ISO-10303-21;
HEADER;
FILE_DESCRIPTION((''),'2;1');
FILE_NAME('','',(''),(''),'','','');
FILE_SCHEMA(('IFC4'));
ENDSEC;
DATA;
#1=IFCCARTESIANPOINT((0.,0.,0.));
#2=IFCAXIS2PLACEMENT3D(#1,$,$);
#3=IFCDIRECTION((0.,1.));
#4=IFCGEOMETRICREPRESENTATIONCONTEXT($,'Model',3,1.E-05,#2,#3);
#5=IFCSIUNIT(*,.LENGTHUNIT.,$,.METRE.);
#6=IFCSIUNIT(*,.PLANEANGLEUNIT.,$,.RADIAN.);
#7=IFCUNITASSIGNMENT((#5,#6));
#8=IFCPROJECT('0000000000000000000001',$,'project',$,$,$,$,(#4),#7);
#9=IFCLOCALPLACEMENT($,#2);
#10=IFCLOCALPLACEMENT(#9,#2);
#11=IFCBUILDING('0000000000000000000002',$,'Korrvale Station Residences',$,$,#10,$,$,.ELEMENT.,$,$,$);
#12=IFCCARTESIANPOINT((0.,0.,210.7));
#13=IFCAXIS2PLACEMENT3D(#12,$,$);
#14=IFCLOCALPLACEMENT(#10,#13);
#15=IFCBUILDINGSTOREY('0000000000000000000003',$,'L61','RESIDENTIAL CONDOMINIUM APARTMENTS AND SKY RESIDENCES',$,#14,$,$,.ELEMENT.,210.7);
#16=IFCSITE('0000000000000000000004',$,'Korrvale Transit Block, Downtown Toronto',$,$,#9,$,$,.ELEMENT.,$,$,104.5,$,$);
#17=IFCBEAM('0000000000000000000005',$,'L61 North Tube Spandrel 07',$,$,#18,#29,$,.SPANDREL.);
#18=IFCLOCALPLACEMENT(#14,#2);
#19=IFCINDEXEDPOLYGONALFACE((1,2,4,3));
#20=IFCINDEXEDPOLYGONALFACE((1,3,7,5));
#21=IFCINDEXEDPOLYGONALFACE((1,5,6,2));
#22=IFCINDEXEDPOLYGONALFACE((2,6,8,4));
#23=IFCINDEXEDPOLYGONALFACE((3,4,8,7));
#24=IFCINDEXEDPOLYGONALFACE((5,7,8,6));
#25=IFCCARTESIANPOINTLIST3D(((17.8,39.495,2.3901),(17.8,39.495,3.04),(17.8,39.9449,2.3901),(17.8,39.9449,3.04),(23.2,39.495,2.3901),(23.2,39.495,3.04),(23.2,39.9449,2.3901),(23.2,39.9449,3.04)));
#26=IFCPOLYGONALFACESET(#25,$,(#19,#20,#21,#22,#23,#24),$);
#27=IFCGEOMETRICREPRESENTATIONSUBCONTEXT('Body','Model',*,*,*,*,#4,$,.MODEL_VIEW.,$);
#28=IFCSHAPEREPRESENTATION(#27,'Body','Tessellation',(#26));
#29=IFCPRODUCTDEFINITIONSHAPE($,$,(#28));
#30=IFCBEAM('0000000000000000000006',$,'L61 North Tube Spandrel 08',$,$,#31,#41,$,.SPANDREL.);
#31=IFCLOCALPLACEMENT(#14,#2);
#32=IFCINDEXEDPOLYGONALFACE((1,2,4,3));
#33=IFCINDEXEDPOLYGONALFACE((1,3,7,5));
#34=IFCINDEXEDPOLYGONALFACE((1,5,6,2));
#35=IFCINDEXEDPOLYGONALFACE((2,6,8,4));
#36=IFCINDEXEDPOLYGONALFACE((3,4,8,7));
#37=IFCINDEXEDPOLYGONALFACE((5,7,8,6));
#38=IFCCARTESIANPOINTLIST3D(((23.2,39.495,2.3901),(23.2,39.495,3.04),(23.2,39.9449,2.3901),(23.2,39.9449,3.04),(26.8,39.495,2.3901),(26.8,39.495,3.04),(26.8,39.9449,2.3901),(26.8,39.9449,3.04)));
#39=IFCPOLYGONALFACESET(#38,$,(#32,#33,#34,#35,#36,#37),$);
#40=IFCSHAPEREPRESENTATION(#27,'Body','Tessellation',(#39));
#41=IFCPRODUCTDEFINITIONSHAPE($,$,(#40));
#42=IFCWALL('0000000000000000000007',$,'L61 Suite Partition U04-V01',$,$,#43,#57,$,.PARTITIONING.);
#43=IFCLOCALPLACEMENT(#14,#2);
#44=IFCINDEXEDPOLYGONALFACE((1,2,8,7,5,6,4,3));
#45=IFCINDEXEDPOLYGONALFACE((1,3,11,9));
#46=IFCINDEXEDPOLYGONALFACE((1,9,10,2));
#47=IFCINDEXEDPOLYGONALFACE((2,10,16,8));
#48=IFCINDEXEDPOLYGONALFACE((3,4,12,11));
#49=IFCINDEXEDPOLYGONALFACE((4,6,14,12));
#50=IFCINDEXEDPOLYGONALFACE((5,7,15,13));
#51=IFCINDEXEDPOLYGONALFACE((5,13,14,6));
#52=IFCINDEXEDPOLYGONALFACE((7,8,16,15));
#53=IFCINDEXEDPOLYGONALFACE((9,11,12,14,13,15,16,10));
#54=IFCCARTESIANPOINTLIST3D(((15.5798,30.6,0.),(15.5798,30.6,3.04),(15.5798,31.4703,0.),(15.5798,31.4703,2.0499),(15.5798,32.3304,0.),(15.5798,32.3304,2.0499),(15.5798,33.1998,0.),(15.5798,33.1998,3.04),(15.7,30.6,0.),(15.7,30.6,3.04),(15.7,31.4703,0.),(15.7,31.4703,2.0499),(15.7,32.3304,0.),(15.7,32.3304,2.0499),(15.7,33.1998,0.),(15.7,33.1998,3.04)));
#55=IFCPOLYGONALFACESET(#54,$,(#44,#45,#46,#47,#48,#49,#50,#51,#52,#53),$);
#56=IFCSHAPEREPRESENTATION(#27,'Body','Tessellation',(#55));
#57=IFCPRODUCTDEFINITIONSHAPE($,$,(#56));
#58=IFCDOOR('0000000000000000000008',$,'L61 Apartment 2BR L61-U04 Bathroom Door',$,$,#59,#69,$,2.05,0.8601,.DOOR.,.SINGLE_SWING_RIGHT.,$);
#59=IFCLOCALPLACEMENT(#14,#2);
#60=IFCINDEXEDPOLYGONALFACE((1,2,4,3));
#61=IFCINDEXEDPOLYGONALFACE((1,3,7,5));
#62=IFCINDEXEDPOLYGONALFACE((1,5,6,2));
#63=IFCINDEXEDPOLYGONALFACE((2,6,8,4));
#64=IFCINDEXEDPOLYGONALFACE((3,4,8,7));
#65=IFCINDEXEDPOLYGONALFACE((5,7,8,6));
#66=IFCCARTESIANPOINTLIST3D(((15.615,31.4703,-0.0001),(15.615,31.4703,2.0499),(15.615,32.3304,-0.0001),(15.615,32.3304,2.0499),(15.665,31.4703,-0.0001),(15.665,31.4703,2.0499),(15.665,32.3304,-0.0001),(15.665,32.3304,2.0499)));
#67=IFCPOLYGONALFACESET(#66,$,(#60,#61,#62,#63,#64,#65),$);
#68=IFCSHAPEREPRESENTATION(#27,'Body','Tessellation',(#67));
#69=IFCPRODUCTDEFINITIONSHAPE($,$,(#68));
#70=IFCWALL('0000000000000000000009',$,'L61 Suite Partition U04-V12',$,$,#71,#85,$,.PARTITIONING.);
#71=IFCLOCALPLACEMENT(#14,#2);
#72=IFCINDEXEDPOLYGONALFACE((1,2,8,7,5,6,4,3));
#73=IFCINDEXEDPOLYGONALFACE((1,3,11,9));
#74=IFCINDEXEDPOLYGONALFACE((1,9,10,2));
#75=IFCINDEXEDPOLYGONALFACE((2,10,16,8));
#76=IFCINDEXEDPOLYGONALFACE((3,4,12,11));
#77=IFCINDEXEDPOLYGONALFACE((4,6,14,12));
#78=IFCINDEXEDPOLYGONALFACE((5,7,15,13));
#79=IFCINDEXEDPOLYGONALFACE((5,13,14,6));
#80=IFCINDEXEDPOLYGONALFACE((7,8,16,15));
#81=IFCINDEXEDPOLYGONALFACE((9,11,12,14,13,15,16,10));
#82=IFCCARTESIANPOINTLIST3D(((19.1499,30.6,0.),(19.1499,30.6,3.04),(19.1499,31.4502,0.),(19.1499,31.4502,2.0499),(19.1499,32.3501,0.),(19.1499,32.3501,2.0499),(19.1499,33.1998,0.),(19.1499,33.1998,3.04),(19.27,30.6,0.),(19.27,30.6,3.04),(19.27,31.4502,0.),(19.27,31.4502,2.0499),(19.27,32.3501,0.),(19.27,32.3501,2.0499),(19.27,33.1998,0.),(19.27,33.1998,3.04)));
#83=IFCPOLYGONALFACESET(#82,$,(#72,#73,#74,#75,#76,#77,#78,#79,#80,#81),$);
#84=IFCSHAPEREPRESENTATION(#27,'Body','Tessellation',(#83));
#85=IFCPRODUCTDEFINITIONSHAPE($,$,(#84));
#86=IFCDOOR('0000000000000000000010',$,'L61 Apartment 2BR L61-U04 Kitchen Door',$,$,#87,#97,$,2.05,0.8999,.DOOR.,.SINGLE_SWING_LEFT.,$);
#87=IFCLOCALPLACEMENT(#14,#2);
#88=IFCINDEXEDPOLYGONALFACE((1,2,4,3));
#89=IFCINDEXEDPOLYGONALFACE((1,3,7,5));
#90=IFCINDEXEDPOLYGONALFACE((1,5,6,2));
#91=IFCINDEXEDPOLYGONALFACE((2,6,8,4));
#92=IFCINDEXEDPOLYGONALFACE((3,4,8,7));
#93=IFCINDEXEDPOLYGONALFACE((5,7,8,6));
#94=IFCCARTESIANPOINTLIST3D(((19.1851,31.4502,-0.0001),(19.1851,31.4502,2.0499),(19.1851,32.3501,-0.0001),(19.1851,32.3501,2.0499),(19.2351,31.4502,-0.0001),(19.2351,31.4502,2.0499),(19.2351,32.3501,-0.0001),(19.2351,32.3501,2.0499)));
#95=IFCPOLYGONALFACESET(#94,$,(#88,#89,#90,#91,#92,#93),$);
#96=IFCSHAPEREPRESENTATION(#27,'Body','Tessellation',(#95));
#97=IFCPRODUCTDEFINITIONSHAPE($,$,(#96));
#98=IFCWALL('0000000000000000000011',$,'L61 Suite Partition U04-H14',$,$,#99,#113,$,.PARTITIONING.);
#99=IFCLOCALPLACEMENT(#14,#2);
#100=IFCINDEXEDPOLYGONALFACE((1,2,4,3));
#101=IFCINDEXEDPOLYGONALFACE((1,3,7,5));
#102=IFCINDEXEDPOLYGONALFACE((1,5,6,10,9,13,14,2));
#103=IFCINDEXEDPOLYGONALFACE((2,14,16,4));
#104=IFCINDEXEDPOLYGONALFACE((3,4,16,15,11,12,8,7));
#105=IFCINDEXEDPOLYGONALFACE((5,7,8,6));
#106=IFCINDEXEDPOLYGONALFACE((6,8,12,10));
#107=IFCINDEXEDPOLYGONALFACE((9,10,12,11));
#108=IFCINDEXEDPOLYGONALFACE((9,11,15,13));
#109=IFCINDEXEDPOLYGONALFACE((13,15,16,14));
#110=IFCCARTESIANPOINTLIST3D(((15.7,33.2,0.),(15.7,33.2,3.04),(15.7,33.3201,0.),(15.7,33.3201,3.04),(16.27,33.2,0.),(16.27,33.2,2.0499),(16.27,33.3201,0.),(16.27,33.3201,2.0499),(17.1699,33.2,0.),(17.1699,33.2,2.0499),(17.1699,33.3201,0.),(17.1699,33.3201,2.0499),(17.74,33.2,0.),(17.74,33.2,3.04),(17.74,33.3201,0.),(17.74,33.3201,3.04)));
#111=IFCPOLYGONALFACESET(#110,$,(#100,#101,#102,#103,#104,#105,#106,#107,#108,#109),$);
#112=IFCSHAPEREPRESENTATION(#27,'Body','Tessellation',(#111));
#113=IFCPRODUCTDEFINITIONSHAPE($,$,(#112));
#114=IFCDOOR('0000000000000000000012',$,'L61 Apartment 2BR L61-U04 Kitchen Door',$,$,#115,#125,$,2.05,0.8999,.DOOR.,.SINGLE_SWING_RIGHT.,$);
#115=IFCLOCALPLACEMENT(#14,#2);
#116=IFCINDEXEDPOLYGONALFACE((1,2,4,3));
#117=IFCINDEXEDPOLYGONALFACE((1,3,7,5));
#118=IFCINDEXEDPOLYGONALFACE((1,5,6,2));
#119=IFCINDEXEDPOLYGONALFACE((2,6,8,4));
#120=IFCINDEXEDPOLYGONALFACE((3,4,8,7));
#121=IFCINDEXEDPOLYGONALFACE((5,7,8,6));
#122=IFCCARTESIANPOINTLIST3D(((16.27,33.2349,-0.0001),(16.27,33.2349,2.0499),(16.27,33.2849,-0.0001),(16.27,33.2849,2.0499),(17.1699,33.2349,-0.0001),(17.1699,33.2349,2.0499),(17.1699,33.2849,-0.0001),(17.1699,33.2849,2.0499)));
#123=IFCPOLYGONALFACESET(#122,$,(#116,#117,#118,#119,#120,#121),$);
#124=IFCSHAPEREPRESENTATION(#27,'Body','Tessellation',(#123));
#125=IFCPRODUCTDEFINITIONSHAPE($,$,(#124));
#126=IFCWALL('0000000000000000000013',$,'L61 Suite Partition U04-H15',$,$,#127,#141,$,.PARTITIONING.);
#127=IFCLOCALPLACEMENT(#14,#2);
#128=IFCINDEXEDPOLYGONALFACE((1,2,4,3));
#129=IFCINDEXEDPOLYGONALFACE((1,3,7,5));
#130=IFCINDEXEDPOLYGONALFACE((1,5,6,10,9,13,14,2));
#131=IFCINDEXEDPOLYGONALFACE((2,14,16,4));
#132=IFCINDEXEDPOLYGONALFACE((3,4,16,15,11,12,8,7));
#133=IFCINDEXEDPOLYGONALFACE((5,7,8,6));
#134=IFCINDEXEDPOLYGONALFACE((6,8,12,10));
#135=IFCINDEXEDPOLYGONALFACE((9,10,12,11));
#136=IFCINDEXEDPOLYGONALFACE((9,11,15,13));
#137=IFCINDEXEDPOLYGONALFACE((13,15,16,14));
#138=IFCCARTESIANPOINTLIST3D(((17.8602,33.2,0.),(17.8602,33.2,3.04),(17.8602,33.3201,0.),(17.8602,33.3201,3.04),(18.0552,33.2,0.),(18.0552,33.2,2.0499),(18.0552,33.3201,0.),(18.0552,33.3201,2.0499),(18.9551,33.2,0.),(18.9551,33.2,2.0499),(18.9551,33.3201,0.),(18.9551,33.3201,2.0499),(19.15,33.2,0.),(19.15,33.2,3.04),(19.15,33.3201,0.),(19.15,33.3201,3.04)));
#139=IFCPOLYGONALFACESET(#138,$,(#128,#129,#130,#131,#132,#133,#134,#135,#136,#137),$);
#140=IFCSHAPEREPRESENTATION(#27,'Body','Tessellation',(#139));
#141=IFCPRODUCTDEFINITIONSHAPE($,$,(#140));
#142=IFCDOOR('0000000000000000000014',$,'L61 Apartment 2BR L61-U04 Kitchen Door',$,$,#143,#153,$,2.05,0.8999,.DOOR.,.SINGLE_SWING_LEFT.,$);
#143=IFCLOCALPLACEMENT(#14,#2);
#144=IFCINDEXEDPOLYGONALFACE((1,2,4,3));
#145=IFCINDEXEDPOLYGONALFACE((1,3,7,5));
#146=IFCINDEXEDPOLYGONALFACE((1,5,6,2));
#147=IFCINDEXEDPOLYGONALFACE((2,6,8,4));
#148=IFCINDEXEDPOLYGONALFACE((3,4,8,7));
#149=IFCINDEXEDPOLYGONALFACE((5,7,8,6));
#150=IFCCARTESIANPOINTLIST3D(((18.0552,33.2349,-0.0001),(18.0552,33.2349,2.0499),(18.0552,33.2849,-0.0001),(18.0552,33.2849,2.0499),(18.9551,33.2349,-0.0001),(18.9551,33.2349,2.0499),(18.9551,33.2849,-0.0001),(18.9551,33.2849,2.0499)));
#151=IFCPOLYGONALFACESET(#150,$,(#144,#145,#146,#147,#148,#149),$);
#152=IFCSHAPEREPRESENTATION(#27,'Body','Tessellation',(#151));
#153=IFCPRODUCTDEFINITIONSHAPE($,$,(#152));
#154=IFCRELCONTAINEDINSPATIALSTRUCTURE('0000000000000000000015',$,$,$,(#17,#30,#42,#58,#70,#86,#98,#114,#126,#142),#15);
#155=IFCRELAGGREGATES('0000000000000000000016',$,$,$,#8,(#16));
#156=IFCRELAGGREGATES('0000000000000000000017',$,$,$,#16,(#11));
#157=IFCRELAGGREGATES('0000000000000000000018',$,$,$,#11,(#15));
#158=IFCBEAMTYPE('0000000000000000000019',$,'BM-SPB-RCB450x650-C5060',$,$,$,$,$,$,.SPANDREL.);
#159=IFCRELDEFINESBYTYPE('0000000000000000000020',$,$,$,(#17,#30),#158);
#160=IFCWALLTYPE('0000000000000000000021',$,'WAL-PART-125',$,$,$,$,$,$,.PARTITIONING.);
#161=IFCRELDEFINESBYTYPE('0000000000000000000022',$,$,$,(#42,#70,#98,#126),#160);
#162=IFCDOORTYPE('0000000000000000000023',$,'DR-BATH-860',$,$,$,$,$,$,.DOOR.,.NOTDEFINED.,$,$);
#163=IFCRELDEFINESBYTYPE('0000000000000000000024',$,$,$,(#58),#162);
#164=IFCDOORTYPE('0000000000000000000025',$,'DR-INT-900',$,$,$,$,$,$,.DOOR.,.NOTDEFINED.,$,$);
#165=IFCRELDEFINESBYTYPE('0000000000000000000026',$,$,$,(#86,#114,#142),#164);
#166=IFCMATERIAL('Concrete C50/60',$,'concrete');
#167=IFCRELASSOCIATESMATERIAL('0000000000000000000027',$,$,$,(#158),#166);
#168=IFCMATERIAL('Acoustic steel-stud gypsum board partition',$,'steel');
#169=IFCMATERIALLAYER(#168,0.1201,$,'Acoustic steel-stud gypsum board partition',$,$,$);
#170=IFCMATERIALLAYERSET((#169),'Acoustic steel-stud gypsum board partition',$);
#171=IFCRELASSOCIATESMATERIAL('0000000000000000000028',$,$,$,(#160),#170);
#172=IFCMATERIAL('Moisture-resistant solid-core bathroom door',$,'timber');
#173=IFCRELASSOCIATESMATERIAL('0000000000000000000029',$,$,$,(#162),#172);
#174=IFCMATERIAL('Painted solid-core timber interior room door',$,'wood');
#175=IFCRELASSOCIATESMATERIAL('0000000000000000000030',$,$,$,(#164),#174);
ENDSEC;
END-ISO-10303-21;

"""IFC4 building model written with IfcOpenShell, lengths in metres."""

from ifc_helpers import new_model, si_unit, direction, frame, frame_2d, origin, origin_2d, place, context, subcontext, project, spatial, rectangle, extrude, material, layer, layer_set, material_profile, profile_set, type_object, element, fill, save


model = new_model("IFC4")

# Units and contexts
model_context = context("Model", 3, precision=1e-05, world=origin(), true_north=direction((0.0, 1.0)))
body_context = subcontext(model_context, "Body", "Model", "MODEL_VIEW")
ifc_project = project(units=[si_unit("LENGTHUNIT", "METRE"), si_unit("PLANEANGLEUNIT", "RADIAN")], contexts=[model_context])

# Site, building, storey
site_placement = place(None, origin())
site = spatial("IfcSite", under=ifc_project, at=site_placement, Name="Korrvale Transit Block, Downtown Toronto", CompositionType="ELEMENT", RefElevation=104.5)
building_placement = place(site_placement, origin())
building = spatial("IfcBuilding", under=site, at=building_placement, Name="Korrvale Station Residences", CompositionType="ELEMENT")
storey_placement = place(building_placement, frame((0.0, 0.0, 210.7)))
storey = spatial("IfcBuildingStorey", under=building, at=storey_placement, Name="L61", Description="RESIDENTIAL CONDOMINIUM APARTMENTS AND SKY RESIDENCES", CompositionType="ELEMENT", Elevation=210.7)

# Shared definitions
ifc_material_1 = material(Name="Concrete C50/60", Category="concrete")

# Beams
ifc_material_profile_1 = material_profile(ifc_material_1, rectangle(XDim=0.45, YDim=0.6499, at=origin_2d()), Name="RCB450x650")
ifc_profile_set_1 = profile_set([ifc_material_profile_1], Name="Concrete C50/60")
beam_type_1 = type_object("IfcBeamType", Name="BM-SPB-RCB450x650-C5060", PredefinedType="SPANDREL", material=ifc_profile_set_1)
beam_1_placement = place(storey_placement, frame((17.8, 39.72, 2.7151), z_axis=(1.0, 0.0, 0.0), x_axis=(0.0, 1.0, 0.0)))
element("IfcBeam", 1, at=beam_1_placement, inside=storey, type_object=beam_type_1, Name="L61 North Tube Spandrel 07", PredefinedType="SPANDREL", context=body_context, shape_type="SweptSolid", body=[
    extrude(rectangle(XDim=0.45, YDim=0.6499, at=origin_2d()), origin(), (0.0, 0.0, 1.0), 5.3999),
])
beam_2_placement = place(storey_placement, frame((23.2, 39.72, 2.7151), z_axis=(1.0, 0.0, 0.0), x_axis=(0.0, 1.0, 0.0)))
element("IfcBeam", 2, at=beam_2_placement, inside=storey, type_object=beam_type_1, Name="L61 North Tube Spandrel 08", PredefinedType="SPANDREL", context=body_context, shape_type="SweptSolid", body=[
    extrude(rectangle(XDim=0.45, YDim=0.6499, at=origin_2d()), origin(), (0.0, 0.0, 1.0), 3.6001),
])

# Walls, openings, doors
ifc_material_2 = material(Name="Acoustic steel-stud gypsum board partition", Category="steel")
ifc_layer_1 = layer(ifc_material_2, 0.1201, Name="Acoustic steel-stud gypsum board partition")
ifc_layer_set_1 = layer_set([ifc_layer_1], Name="Acoustic steel-stud gypsum board partition")
wall_type_1 = type_object("IfcWallType", Name="WAL-PART-125", PredefinedType="PARTITIONING", material=ifc_layer_set_1)
wall_1_placement = place(storey_placement, frame((15.6399, 30.6001, 0.0), z_axis=(0.0, 0.0, 1.0), x_axis=(0.0, 1.0, 0.0)))
wall_1 = element("IfcWall", 3, at=wall_1_placement, inside=storey, type_object=wall_type_1, Name="L61 Suite Partition U04-V01", PredefinedType="PARTITIONING", context=body_context, shape_type="SweptSolid", body=[
    extrude(rectangle(XDim=2.5999, YDim=0.1201, at=frame_2d((1.2998, 0.0))), origin(), (0.0, 0.0, 1.0), 3.04),
])
opening_1_placement = place(wall_1_placement, frame((0.8701, 0.0, 0.0)))
opening_1 = element("IfcOpeningElement", 4, at=opening_1_placement, cuts=wall_1, PredefinedType="OPENING", context=body_context, shape_type="SweptSolid", body=[
    extrude(rectangle(XDim=0.8601, YDim=2.05, at=frame_2d((0.4302, 1.0249))), frame((0.0, 0.0701, 0.0), z_axis=(0.0, -1.0, 0.0), x_axis=(1.0, 0.0, 0.0)), (0.0, 0.0, 1.0), 0.1401),
])
ifc_material_3 = material(Name="Moisture-resistant solid-core bathroom door", Category="timber")
door_type_1 = type_object("IfcDoorType", Name="DR-BATH-860", OperationType="NOTDEFINED", PredefinedType="DOOR", material=ifc_material_3)
door_1_placement = place(opening_1_placement, origin())
door_1 = element("IfcDoor", 5, at=door_1_placement, inside=storey, type_object=door_type_1, Name="L61 Apartment 2BR L61-U04 Bathroom Door", OperationType="SINGLE_SWING_RIGHT", OverallHeight=2.05, OverallWidth=0.8601, PredefinedType="DOOR", context=body_context, shape_type="SweptSolid", body=[
    extrude(rectangle(XDim=0.8601, YDim=2.05, at=frame_2d((0.4302, 1.0249))), frame((0.0, 0.0249, 0.0), z_axis=(0.0, -1.0, 0.0), x_axis=(1.0, 0.0, 0.0)), (0.0, 0.0, 1.0), 0.05),
])
fill(opening_1, door_1)
wall_2_placement = place(storey_placement, frame((19.21, 30.6001, 0.0), z_axis=(0.0, 0.0, 1.0), x_axis=(0.0, 1.0, 0.0)))
wall_2 = element("IfcWall", 6, at=wall_2_placement, inside=storey, type_object=wall_type_1, Name="L61 Suite Partition U04-V12", PredefinedType="PARTITIONING", context=body_context, shape_type="SweptSolid", body=[
    extrude(rectangle(XDim=2.5999, YDim=0.1201, at=frame_2d((1.2998, 0.0))), origin(), (0.0, 0.0, 1.0), 3.04),
])
opening_2_placement = place(wall_2_placement, frame((0.8501, 0.0, 0.0)))
opening_2 = element("IfcOpeningElement", 7, at=opening_2_placement, cuts=wall_2, PredefinedType="OPENING", context=body_context, shape_type="SweptSolid", body=[
    extrude(rectangle(XDim=0.8999, YDim=2.05, at=frame_2d((0.45, 1.0249))), frame((0.0, 0.0701, 0.0), z_axis=(0.0, -1.0, 0.0), x_axis=(1.0, 0.0, 0.0)), (0.0, 0.0, 1.0), 0.1401),
])
ifc_material_4 = material(Name="Painted solid-core timber interior room door", Category="wood")
door_type_2 = type_object("IfcDoorType", Name="DR-INT-900", OperationType="NOTDEFINED", PredefinedType="DOOR", material=ifc_material_4)
door_2_placement = place(opening_2_placement, origin())
door_2 = element("IfcDoor", 8, at=door_2_placement, inside=storey, type_object=door_type_2, Name="L61 Apartment 2BR L61-U04 Kitchen Door", OperationType="SINGLE_SWING_LEFT", OverallHeight=2.05, OverallWidth=0.8999, PredefinedType="DOOR", context=body_context, shape_type="SweptSolid", body=[
    extrude(rectangle(XDim=0.8999, YDim=2.05, at=frame_2d((0.45, 1.0249))), frame((0.0, 0.0249, 0.0), z_axis=(0.0, -1.0, 0.0), x_axis=(1.0, 0.0, 0.0)), (0.0, 0.0, 1.0), 0.05),
])
fill(opening_2, door_2)
wall_3_placement = place(storey_placement, frame((15.7, 33.26, 0.0), z_axis=(0.0, 0.0, 1.0), x_axis=(1.0, 0.0, 0.0)))
wall_3 = element("IfcWall", 9, at=wall_3_placement, inside=storey, type_object=wall_type_1, Name="L61 Suite Partition U04-H14", PredefinedType="PARTITIONING", context=body_context, shape_type="SweptSolid", body=[
    extrude(rectangle(XDim=2.04, YDim=0.1201, at=frame_2d((1.02, 0.0))), origin(), (0.0, 0.0, 1.0), 3.04),
])
opening_3_placement = place(wall_3_placement, frame((0.5701, 0.0, 0.0)))
opening_3 = element("IfcOpeningElement", 10, at=opening_3_placement, cuts=wall_3, PredefinedType="OPENING", context=body_context, shape_type="SweptSolid", body=[
    extrude(rectangle(XDim=0.8999, YDim=2.05, at=frame_2d((0.45, 1.0249))), frame((0.0, 0.0701, 0.0), z_axis=(0.0, -1.0, 0.0), x_axis=(1.0, 0.0, 0.0)), (0.0, 0.0, 1.0), 0.1401),
])
door_3_placement = place(opening_3_placement, origin())
door_3 = element("IfcDoor", 11, at=door_3_placement, inside=storey, type_object=door_type_2, Name="L61 Apartment 2BR L61-U04 Kitchen Door", OperationType="SINGLE_SWING_RIGHT", OverallHeight=2.05, OverallWidth=0.8999, PredefinedType="DOOR", context=body_context, shape_type="SweptSolid", body=[
    extrude(rectangle(XDim=0.8999, YDim=2.05, at=frame_2d((0.45, 1.0249))), frame((0.0, 0.0249, 0.0), z_axis=(0.0, -1.0, 0.0), x_axis=(1.0, 0.0, 0.0)), (0.0, 0.0, 1.0), 0.05),
])
fill(opening_3, door_3)
wall_4_placement = place(storey_placement, frame((17.8601, 33.26, 0.0), z_axis=(0.0, 0.0, 1.0), x_axis=(1.0, 0.0, 0.0)))
wall_4 = element("IfcWall", 12, at=wall_4_placement, inside=storey, type_object=wall_type_1, Name="L61 Suite Partition U04-H15", PredefinedType="PARTITIONING", context=body_context, shape_type="SweptSolid", body=[
    extrude(rectangle(XDim=1.2898, YDim=0.1201, at=frame_2d((0.645, 0.0))), origin(), (0.0, 0.0, 1.0), 3.04),
])
opening_4_placement = place(wall_4_placement, frame((0.1951, 0.0, 0.0)))
opening_4 = element("IfcOpeningElement", 13, at=opening_4_placement, cuts=wall_4, PredefinedType="OPENING", context=body_context, shape_type="SweptSolid", body=[
    extrude(rectangle(XDim=0.8999, YDim=2.05, at=frame_2d((0.45, 1.0249))), frame((0.0, 0.0701, 0.0), z_axis=(0.0, -1.0, 0.0), x_axis=(1.0, 0.0, 0.0)), (0.0, 0.0, 1.0), 0.1401),
])
door_4_placement = place(opening_4_placement, origin())
door_4 = element("IfcDoor", 14, at=door_4_placement, inside=storey, type_object=door_type_2, Name="L61 Apartment 2BR L61-U04 Kitchen Door", OperationType="SINGLE_SWING_LEFT", OverallHeight=2.05, OverallWidth=0.8999, PredefinedType="DOOR", context=body_context, shape_type="SweptSolid", body=[
    extrude(rectangle(XDim=0.8999, YDim=2.05, at=frame_2d((0.45, 1.0249))), frame((0.0, 0.0249, 0.0), z_axis=(0.0, -1.0, 0.0), x_axis=(1.0, 0.0, 0.0)), (0.0, 0.0, 1.0), 0.05),
])
fill(opening_4, door_4)

save(model, "model.ifc")
